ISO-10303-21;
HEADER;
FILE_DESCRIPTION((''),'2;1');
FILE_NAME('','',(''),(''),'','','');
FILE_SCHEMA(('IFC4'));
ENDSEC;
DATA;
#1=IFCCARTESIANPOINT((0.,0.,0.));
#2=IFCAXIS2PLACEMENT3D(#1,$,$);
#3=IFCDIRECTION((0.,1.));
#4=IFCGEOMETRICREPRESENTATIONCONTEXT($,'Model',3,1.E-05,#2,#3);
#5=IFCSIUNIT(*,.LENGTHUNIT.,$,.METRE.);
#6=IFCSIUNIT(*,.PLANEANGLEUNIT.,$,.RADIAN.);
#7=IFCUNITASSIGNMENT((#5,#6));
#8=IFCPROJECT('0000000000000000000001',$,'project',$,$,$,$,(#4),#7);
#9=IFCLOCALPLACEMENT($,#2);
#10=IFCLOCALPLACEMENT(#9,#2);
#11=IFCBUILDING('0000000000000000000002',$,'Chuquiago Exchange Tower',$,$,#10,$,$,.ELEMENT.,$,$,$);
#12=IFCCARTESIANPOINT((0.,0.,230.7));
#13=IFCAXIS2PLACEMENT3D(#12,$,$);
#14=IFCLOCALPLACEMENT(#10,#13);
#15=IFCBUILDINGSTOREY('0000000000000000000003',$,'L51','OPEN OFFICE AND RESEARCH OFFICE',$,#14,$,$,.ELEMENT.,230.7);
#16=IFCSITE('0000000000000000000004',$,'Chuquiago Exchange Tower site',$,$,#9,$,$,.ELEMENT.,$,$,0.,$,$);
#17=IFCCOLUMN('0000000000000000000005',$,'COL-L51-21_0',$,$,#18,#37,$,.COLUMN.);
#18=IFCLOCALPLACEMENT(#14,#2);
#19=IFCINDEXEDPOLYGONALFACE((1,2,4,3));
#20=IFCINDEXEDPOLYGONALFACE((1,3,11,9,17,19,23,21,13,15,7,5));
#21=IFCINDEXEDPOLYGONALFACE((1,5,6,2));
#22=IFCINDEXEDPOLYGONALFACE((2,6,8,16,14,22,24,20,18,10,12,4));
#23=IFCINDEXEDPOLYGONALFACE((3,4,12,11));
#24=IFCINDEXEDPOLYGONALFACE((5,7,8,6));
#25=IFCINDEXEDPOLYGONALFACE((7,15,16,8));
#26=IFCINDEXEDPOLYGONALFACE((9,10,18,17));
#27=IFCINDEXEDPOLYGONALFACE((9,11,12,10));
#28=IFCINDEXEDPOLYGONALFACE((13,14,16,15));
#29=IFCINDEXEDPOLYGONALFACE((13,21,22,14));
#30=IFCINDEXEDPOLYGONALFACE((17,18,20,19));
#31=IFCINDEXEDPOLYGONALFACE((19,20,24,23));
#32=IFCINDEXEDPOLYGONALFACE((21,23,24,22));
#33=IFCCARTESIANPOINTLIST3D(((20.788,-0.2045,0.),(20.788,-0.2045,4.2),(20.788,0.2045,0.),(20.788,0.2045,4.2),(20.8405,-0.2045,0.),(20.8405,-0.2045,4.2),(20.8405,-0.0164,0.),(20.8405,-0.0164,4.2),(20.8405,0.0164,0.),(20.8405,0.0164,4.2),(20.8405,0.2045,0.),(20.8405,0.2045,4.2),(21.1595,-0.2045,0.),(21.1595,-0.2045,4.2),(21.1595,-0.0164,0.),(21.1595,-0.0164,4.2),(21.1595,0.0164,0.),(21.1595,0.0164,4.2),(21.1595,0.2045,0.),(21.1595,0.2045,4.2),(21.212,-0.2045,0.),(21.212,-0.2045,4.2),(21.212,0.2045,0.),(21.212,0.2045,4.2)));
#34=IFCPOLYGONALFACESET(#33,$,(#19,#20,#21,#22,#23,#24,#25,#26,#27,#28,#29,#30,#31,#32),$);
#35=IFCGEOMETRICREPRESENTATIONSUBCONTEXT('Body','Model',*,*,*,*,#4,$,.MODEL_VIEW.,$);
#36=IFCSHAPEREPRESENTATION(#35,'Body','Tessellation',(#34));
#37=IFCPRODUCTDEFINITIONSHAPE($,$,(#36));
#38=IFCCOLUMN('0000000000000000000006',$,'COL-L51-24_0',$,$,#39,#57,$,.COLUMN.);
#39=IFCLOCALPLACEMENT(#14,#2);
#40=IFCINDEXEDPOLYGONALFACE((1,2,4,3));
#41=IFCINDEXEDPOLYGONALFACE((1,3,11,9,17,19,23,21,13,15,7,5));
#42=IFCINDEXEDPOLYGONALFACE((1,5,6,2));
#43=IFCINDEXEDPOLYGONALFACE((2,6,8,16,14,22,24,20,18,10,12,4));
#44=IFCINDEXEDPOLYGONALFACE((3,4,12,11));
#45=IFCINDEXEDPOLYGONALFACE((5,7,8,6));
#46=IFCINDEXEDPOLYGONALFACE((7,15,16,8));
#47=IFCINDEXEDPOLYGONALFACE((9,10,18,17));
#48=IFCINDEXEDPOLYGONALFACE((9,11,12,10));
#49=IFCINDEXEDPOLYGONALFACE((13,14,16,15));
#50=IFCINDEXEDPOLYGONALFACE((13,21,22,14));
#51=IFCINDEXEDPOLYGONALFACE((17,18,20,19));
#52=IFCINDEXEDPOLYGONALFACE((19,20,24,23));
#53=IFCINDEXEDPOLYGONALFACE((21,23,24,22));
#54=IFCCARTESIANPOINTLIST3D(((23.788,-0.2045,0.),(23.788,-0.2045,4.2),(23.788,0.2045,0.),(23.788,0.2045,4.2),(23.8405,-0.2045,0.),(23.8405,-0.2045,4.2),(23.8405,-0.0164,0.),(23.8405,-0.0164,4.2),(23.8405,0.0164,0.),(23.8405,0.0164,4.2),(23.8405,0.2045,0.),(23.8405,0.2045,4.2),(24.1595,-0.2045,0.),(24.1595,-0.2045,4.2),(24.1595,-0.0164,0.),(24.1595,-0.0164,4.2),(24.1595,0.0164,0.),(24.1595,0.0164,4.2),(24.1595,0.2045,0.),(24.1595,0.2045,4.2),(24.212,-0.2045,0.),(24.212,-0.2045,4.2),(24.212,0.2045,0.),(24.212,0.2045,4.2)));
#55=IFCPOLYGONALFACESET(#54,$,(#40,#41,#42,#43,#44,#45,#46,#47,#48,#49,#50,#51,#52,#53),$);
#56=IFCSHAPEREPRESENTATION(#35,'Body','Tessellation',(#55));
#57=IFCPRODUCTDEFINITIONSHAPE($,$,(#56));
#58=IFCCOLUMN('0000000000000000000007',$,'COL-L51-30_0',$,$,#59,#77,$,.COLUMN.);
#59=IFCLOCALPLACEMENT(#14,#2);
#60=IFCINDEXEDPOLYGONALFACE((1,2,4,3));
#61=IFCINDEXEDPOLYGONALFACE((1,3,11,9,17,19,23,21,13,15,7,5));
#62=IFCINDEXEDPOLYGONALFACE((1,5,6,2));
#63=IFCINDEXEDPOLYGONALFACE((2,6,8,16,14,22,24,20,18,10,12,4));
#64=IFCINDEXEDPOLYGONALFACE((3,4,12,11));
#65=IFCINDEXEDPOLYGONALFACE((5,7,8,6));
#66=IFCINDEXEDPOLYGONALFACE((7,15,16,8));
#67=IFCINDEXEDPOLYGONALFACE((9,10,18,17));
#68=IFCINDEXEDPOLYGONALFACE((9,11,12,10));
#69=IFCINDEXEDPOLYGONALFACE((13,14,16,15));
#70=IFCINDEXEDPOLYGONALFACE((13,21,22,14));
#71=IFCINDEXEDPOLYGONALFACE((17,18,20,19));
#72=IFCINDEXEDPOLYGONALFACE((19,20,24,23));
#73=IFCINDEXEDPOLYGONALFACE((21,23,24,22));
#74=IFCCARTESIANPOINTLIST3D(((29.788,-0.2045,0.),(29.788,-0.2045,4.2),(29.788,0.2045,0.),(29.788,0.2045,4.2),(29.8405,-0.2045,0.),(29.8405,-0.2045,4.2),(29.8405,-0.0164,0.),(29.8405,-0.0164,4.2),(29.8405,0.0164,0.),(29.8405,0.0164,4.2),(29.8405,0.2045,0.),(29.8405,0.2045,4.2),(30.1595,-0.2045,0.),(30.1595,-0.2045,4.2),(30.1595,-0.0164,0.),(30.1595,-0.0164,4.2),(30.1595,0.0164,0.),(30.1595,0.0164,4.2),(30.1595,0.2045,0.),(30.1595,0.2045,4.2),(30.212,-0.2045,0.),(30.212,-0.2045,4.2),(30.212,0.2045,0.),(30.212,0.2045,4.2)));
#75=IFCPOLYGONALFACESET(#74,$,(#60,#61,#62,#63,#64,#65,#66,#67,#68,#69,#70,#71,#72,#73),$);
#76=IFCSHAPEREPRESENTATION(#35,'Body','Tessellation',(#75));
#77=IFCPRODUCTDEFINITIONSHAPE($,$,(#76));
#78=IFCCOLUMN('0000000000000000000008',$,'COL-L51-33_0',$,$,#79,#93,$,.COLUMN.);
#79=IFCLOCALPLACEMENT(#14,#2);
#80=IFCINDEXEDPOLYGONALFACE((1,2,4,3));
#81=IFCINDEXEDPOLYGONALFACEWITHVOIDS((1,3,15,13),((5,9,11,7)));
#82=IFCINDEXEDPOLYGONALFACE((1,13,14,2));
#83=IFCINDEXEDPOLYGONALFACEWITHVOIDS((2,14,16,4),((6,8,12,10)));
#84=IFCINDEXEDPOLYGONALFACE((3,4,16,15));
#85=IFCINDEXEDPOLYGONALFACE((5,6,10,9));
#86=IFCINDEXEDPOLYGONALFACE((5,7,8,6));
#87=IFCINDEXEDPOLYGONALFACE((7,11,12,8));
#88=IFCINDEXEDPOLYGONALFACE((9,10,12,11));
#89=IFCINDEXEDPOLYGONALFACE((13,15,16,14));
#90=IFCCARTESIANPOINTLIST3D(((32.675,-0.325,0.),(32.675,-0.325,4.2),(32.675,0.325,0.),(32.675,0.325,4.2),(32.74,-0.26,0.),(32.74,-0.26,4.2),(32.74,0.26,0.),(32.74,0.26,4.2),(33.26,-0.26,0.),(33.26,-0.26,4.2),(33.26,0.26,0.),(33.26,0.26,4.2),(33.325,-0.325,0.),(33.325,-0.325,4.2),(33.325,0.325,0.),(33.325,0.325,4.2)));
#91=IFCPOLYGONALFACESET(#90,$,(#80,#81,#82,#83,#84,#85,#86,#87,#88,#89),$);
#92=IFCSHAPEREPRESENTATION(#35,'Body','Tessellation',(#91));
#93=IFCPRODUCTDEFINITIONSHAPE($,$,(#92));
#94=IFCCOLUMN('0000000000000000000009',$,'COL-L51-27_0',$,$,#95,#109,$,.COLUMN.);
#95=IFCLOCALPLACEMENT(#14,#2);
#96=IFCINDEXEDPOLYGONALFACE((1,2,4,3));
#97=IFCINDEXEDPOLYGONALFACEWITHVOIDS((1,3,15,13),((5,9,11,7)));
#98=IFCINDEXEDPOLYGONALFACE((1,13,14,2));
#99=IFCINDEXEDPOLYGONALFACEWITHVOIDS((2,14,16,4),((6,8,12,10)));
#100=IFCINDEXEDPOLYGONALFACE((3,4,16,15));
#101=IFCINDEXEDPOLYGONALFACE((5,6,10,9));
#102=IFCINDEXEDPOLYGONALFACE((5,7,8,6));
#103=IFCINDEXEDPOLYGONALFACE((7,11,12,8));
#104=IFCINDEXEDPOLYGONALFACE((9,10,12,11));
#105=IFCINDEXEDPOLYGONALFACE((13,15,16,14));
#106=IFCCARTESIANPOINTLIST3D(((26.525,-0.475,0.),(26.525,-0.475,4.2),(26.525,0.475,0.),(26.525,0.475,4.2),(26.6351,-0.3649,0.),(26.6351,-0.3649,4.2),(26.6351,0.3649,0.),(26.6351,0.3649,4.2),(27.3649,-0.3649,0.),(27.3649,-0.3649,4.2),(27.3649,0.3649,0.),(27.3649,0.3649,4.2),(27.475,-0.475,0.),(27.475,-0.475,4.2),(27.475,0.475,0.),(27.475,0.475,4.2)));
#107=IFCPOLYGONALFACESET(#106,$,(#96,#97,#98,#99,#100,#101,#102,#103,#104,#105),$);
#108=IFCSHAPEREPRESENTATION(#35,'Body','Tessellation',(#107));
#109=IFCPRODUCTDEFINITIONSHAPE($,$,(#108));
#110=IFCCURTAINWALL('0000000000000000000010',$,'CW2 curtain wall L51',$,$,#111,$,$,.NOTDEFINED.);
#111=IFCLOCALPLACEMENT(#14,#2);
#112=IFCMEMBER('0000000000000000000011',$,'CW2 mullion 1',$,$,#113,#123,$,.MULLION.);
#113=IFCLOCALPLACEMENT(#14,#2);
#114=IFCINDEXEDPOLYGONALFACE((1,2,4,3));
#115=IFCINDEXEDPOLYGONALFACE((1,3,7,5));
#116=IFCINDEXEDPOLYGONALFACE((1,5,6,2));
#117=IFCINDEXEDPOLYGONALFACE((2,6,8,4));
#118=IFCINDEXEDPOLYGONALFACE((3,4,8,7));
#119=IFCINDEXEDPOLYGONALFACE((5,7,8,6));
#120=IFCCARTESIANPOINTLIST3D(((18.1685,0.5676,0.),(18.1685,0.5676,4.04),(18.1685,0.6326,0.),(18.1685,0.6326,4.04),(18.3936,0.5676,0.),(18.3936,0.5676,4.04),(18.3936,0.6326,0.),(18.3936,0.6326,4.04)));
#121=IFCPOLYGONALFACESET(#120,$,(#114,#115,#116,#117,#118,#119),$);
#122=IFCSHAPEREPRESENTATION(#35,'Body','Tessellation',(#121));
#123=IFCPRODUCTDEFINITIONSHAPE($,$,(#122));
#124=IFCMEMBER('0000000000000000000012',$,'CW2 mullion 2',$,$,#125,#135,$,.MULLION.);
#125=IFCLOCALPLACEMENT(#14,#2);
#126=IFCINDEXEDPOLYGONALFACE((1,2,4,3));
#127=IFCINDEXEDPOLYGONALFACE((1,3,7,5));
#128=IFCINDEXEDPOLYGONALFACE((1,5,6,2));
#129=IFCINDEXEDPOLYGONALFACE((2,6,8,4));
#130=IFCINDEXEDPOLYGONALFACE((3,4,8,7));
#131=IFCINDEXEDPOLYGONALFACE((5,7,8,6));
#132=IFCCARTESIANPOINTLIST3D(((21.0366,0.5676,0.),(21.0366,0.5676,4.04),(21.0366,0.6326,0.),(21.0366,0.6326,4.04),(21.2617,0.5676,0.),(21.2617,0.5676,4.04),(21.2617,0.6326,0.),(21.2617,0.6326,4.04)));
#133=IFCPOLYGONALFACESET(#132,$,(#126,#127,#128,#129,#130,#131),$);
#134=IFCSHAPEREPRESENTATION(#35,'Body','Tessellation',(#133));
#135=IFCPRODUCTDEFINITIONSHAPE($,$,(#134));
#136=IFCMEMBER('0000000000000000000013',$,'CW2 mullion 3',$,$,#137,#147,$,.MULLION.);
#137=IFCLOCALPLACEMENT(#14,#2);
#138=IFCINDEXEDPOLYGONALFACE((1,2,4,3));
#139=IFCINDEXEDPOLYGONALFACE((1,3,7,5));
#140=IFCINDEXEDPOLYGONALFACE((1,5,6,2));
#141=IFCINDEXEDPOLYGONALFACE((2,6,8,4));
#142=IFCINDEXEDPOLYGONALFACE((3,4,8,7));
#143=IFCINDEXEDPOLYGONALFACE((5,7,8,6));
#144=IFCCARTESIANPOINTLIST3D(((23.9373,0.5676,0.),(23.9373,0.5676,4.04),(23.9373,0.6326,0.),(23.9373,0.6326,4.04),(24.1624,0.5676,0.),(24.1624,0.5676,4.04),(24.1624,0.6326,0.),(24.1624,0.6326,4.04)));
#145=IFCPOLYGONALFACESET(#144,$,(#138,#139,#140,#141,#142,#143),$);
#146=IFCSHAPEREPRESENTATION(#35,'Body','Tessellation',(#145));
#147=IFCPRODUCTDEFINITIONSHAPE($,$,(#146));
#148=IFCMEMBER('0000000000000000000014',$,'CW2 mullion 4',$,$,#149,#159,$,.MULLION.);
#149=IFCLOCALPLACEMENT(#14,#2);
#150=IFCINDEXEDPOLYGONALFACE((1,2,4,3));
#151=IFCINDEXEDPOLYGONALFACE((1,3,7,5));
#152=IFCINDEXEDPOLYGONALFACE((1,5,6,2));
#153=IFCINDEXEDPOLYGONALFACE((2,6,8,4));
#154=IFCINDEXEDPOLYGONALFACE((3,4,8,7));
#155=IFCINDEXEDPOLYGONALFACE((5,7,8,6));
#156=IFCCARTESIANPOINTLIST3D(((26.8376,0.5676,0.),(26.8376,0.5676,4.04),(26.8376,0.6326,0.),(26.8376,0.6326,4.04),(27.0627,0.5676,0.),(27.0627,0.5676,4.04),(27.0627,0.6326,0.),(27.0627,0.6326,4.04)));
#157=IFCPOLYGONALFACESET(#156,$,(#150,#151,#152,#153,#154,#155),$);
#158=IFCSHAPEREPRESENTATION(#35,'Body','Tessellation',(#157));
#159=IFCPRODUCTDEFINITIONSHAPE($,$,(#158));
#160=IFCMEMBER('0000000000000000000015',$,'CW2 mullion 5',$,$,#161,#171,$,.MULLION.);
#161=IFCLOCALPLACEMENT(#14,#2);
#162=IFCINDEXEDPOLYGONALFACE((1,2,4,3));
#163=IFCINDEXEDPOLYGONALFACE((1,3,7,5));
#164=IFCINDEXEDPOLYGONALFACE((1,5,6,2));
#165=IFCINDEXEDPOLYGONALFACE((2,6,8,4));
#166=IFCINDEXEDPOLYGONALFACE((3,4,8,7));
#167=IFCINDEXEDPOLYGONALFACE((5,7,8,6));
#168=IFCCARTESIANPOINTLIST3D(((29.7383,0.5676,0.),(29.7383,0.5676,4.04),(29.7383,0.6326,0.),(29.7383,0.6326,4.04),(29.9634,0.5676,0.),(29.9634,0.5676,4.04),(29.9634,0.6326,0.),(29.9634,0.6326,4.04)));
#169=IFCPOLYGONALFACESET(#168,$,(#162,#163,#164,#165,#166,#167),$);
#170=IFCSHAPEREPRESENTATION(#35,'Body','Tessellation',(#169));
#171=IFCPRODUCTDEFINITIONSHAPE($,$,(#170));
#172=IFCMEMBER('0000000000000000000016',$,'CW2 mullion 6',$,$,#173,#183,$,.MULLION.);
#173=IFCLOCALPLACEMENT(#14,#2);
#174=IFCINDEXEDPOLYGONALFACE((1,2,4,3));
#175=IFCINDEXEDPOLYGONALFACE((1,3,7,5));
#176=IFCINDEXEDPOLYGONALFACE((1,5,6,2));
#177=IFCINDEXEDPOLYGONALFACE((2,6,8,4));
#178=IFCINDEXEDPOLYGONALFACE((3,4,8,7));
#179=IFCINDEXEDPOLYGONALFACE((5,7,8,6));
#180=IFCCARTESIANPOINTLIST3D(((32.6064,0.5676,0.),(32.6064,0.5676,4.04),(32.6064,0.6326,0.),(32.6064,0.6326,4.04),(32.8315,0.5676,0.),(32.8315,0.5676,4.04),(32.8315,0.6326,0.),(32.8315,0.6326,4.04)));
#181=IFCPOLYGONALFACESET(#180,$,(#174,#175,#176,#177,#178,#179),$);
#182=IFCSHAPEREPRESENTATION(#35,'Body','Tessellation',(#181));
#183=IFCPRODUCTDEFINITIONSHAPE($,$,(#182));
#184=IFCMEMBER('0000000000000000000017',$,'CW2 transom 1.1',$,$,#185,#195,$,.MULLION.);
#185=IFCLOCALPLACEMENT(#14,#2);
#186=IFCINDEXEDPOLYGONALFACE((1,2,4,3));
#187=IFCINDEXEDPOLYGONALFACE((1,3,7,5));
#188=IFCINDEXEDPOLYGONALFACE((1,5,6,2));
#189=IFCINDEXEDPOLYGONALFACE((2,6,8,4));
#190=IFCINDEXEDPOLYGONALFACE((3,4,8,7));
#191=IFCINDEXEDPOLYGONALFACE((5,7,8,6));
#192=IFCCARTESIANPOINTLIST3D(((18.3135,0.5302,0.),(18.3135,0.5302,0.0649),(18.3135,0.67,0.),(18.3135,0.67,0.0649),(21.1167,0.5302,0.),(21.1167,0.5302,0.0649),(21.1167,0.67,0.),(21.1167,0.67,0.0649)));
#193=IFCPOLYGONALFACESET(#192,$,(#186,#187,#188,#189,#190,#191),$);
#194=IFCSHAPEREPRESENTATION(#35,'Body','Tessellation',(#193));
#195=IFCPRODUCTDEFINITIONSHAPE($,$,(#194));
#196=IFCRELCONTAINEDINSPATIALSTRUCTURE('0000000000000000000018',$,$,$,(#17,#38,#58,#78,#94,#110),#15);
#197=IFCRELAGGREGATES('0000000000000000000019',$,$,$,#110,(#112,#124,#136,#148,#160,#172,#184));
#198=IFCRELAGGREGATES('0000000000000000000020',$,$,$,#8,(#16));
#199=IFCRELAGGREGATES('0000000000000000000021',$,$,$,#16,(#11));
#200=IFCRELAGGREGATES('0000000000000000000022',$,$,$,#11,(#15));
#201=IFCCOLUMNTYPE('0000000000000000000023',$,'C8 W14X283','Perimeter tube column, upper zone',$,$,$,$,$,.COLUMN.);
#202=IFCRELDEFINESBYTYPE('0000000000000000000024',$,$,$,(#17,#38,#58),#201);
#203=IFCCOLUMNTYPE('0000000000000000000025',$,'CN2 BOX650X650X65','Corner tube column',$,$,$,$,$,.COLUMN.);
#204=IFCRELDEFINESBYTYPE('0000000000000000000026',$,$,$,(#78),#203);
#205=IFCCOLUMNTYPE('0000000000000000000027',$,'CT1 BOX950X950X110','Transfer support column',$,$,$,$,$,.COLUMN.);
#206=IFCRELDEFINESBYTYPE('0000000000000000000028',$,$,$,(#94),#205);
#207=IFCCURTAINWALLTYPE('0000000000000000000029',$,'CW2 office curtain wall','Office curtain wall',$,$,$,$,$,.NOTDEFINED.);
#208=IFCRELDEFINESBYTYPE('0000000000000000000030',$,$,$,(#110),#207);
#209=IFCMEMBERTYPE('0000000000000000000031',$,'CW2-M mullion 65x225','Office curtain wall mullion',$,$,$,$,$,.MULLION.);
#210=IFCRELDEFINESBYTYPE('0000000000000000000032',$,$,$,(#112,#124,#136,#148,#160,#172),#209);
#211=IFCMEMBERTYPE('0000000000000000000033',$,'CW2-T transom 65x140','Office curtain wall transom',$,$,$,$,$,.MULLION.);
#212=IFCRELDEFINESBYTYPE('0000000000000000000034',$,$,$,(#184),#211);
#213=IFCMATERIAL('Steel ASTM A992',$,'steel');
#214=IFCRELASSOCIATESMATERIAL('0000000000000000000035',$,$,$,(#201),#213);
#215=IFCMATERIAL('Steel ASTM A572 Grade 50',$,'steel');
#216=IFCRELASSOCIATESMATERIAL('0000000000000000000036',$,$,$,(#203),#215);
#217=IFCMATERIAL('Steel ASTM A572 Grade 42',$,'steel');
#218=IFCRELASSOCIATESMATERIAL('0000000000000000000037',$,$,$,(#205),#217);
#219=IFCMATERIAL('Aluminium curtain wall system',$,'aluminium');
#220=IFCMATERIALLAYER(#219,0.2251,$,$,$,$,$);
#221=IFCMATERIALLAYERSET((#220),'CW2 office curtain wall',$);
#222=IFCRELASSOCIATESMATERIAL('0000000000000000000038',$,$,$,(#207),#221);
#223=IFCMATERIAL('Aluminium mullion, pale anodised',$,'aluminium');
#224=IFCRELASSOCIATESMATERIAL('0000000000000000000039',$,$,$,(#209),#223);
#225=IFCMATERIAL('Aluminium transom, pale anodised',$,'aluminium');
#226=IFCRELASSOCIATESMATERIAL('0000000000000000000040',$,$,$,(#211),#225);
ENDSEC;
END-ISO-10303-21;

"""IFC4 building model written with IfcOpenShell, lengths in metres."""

from ifc_helpers import new_model, si_unit, direction, frame, origin, origin_2d, place, context, subcontext, project, spatial, rectangle, hollow_rectangle, i_section, extrude, material, layer, layer_set, material_profile, profile_set, type_object, element, aggregate, save


model = new_model("IFC4")

# Units and contexts
model_context = context("Model", 3, precision=1e-05, world=origin(), true_north=direction((0.0, 1.0)))
body_context = subcontext(model_context, "Body", "Model", "MODEL_VIEW")
ifc_project = project(units=[si_unit("LENGTHUNIT", "METRE"), si_unit("PLANEANGLEUNIT", "RADIAN")], contexts=[model_context])

# Site, building, storey
site_placement = place(None, origin())
site = spatial("IfcSite", under=ifc_project, at=site_placement, Name="Chuquiago Exchange Tower site", CompositionType="ELEMENT", RefElevation=0.0)
building_placement = place(site_placement, origin())
building = spatial("IfcBuilding", under=site, at=building_placement, Name="Chuquiago Exchange Tower", CompositionType="ELEMENT")
storey_placement = place(building_placement, frame((0.0, 0.0, 230.7)))
storey = spatial("IfcBuildingStorey", under=building, at=storey_placement, Name="L51", Description="OPEN OFFICE AND RESEARCH OFFICE", CompositionType="ELEMENT", Elevation=230.7)

# Columns
ifc_material_1 = material(Name="Steel ASTM A992", Category="steel")
ifc_material_profile_1 = material_profile(ifc_material_1, i_section(OverallWidth=0.4089, OverallDepth=0.4241, WebThickness=0.0327, FlangeThickness=0.0525, at=origin_2d()), Name="W14X283")
ifc_profile_set_1 = profile_set([ifc_material_profile_1], Name="Steel ASTM A992")
column_type_1 = type_object("IfcColumnType", Name="C8 W14X283", Description="Perimeter tube column, upper zone", PredefinedType="COLUMN", material=ifc_profile_set_1)
for number, where, z_axis, x_axis, name in (
    (1, (21.0, 0.0, 0.0), (0.0, 0.0, 1.0), (0.0, -1.0, 0.0), "COL-L51-21_0"),
    (2, (24.0, 0.0, 0.0), (0.0, 0.0, 1.0), (0.0, -1.0, 0.0), "COL-L51-24_0"),
    (3, (30.0, 0.0, 0.0), (0.0, 0.0, 1.0), (0.0, -1.0, 0.0), "COL-L51-30_0"),
):
    element("IfcColumn", number, at=place(storey_placement, frame(where, z_axis=z_axis, x_axis=x_axis)), inside=storey, type_object=column_type_1, Name=name, PredefinedType="COLUMN", context=body_context, shape_type="SweptSolid", body=[
        extrude(i_section(OverallWidth=0.4089, OverallDepth=0.4241, WebThickness=0.0327, FlangeThickness=0.0525, at=origin_2d()), origin(), (0.0, 0.0, 1.0), 4.2),
    ])
ifc_material_2 = material(Name="Steel ASTM A572 Grade 50", Category="steel")
ifc_material_profile_2 = material_profile(ifc_material_2, hollow_rectangle(XDim=0.6499, YDim=0.6499, WallThickness=0.0649, at=origin_2d()), Name="BOX650X650X65")
ifc_profile_set_2 = profile_set([ifc_material_profile_2], Name="Steel ASTM A572 Grade 50")
column_type_2 = type_object("IfcColumnType", Name="CN2 BOX650X650X65", Description="Corner tube column", PredefinedType="COLUMN", material=ifc_profile_set_2)
column_1_placement = place(storey_placement, frame((33.0, 0.0, 0.0), z_axis=(0.0, 0.0, 1.0), x_axis=(0.0, -1.0, 0.0)))
element("IfcColumn", 4, at=column_1_placement, inside=storey, type_object=column_type_2, Name="COL-L51-33_0", PredefinedType="COLUMN", context=body_context, shape_type="SweptSolid", body=[
    extrude(hollow_rectangle(XDim=0.6499, YDim=0.6499, WallThickness=0.0649, at=origin_2d()), origin(), (0.0, 0.0, 1.0), 4.2),
])
ifc_material_3 = material(Name="Steel ASTM A572 Grade 42", Category="steel")
ifc_material_profile_3 = material_profile(ifc_material_3, hollow_rectangle(XDim=0.95, YDim=0.95, WallThickness=0.1101, at=origin_2d()), Name="BOX950X950X110")
ifc_profile_set_3 = profile_set([ifc_material_profile_3], Name="Steel ASTM A572 Grade 42")
column_type_3 = type_object("IfcColumnType", Name="CT1 BOX950X950X110", Description="Transfer support column", PredefinedType="COLUMN", material=ifc_profile_set_3)
column_2_placement = place(storey_placement, frame((27.0, 0.0, 0.0), z_axis=(0.0, 0.0, 1.0), x_axis=(0.0, -1.0, 0.0)))
element("IfcColumn", 5, at=column_2_placement, inside=storey, type_object=column_type_3, Name="COL-L51-27_0", PredefinedType="COLUMN", context=body_context, shape_type="SweptSolid", body=[
    extrude(hollow_rectangle(XDim=0.95, YDim=0.95, WallThickness=0.1101, at=origin_2d()), origin(), (0.0, 0.0, 1.0), 4.2),
])

# Curtain wall, members
ifc_material_4 = material(Name="Aluminium curtain wall system", Category="aluminium")
ifc_layer_1 = layer(ifc_material_4, 0.2251)
ifc_layer_set_1 = layer_set([ifc_layer_1], Name="CW2 office curtain wall")
curtain_wall_type_1 = type_object("IfcCurtainWallType", Name="CW2 office curtain wall", Description="Office curtain wall", PredefinedType="NOTDEFINED", material=ifc_layer_set_1)
curtain_wall_1_placement = place(storey_placement, origin())
curtain_wall_1 = element("IfcCurtainWall", 6, at=curtain_wall_1_placement, inside=storey, type_object=curtain_wall_type_1, Name="CW2 curtain wall L51", PredefinedType="NOTDEFINED")
ifc_material_5 = material(Name="Aluminium mullion, pale anodised", Category="aluminium")
ifc_material_profile_4 = material_profile(ifc_material_5, rectangle(XDim=0.0649, YDim=0.2251, at=origin_2d()), Name="AL 65x225")
ifc_profile_set_4 = profile_set([ifc_material_profile_4], Name="Aluminium mullion, pale anodised")
member_type_1 = type_object("IfcMemberType", Name="CW2-M mullion 65x225", Description="Office curtain wall mullion", PredefinedType="MULLION", material=ifc_profile_set_4)
member_1_placement = place(storey_placement, frame((18.281, 0.6001, 0.0), z_axis=(0.0, 0.0, 1.0), x_axis=(0.0, 1.0, 0.0)))
member_1 = element("IfcMember", 7, at=member_1_placement, type_object=member_type_1, Name="CW2 mullion 1", PredefinedType="MULLION", context=body_context, shape_type="SweptSolid", body=[
    extrude(rectangle(XDim=0.0649, YDim=0.2251, at=origin_2d()), origin(), (0.0, 0.0, 1.0), 4.04),
])
member_2_placement = place(storey_placement, frame((21.1492, 0.6001, 0.0), z_axis=(0.0, 0.0, 1.0), x_axis=(0.0, 1.0, 0.0)))
member_2 = element("IfcMember", 8, at=member_2_placement, type_object=member_type_1, Name="CW2 mullion 2", PredefinedType="MULLION", context=body_context, shape_type="SweptSolid", body=[
    extrude(rectangle(XDim=0.0649, YDim=0.2251, at=origin_2d()), origin(), (0.0, 0.0, 1.0), 4.04),
])
member_3_placement = place(storey_placement, frame((24.0498, 0.6001, 0.0), z_axis=(0.0, 0.0, 1.0), x_axis=(0.0, 1.0, 0.0)))
member_3 = element("IfcMember", 9, at=member_3_placement, type_object=member_type_1, Name="CW2 mullion 3", PredefinedType="MULLION", context=body_context, shape_type="SweptSolid", body=[
    extrude(rectangle(XDim=0.0649, YDim=0.2251, at=origin_2d()), origin(), (0.0, 0.0, 1.0), 4.04),
])
member_4_placement = place(storey_placement, frame((26.9502, 0.6001, 0.0), z_axis=(0.0, 0.0, 1.0), x_axis=(0.0, 1.0, 0.0)))
member_4 = element("IfcMember", 10, at=member_4_placement, type_object=member_type_1, Name="CW2 mullion 4", PredefinedType="MULLION", context=body_context, shape_type="SweptSolid", body=[
    extrude(rectangle(XDim=0.0649, YDim=0.2251, at=origin_2d()), origin(), (0.0, 0.0, 1.0), 4.04),
])
member_5_placement = place(storey_placement, frame((29.8508, 0.6001, 0.0), z_axis=(0.0, 0.0, 1.0), x_axis=(0.0, 1.0, 0.0)))
member_5 = element("IfcMember", 11, at=member_5_placement, type_object=member_type_1, Name="CW2 mullion 5", PredefinedType="MULLION", context=body_context, shape_type="SweptSolid", body=[
    extrude(rectangle(XDim=0.0649, YDim=0.2251, at=origin_2d()), origin(), (0.0, 0.0, 1.0), 4.04),
])
member_6_placement = place(storey_placement, frame((32.719, 0.6001, 0.0), z_axis=(0.0, 0.0, 1.0), x_axis=(0.0, 1.0, 0.0)))
member_6 = element("IfcMember", 12, at=member_6_placement, type_object=member_type_1, Name="CW2 mullion 6", PredefinedType="MULLION", context=body_context, shape_type="SweptSolid", body=[
    extrude(rectangle(XDim=0.0649, YDim=0.2251, at=origin_2d()), origin(), (0.0, 0.0, 1.0), 4.04),
])
ifc_material_6 = material(Name="Aluminium transom, pale anodised", Category="aluminium")
ifc_material_profile_5 = material_profile(ifc_material_6, rectangle(XDim=0.1399, YDim=0.0649, at=origin_2d()), Name="AL 140x65")
ifc_profile_set_5 = profile_set([ifc_material_profile_5], Name="Aluminium transom, pale anodised")
member_type_2 = type_object("IfcMemberType", Name="CW2-T transom 65x140", Description="Office curtain wall transom", PredefinedType="MULLION", material=ifc_profile_set_5)
member_7_placement = place(storey_placement, frame((18.3135, 0.6001, 0.0325), z_axis=(1.0, 0.0, 0.0), x_axis=(0.0, 1.0, 0.0)))
member_7 = element("IfcMember", 13, at=member_7_placement, type_object=member_type_2, Name="CW2 transom 1.1", PredefinedType="MULLION", context=body_context, shape_type="SweptSolid", body=[
    extrude(rectangle(XDim=0.1399, YDim=0.0649, at=origin_2d()), origin(), (0.0, 0.0, 1.0), 2.8032),
])

aggregate(curtain_wall_1, [member_1, member_2, member_3, member_4, member_5, member_6, member_7])

save(model, "model.ifc")
